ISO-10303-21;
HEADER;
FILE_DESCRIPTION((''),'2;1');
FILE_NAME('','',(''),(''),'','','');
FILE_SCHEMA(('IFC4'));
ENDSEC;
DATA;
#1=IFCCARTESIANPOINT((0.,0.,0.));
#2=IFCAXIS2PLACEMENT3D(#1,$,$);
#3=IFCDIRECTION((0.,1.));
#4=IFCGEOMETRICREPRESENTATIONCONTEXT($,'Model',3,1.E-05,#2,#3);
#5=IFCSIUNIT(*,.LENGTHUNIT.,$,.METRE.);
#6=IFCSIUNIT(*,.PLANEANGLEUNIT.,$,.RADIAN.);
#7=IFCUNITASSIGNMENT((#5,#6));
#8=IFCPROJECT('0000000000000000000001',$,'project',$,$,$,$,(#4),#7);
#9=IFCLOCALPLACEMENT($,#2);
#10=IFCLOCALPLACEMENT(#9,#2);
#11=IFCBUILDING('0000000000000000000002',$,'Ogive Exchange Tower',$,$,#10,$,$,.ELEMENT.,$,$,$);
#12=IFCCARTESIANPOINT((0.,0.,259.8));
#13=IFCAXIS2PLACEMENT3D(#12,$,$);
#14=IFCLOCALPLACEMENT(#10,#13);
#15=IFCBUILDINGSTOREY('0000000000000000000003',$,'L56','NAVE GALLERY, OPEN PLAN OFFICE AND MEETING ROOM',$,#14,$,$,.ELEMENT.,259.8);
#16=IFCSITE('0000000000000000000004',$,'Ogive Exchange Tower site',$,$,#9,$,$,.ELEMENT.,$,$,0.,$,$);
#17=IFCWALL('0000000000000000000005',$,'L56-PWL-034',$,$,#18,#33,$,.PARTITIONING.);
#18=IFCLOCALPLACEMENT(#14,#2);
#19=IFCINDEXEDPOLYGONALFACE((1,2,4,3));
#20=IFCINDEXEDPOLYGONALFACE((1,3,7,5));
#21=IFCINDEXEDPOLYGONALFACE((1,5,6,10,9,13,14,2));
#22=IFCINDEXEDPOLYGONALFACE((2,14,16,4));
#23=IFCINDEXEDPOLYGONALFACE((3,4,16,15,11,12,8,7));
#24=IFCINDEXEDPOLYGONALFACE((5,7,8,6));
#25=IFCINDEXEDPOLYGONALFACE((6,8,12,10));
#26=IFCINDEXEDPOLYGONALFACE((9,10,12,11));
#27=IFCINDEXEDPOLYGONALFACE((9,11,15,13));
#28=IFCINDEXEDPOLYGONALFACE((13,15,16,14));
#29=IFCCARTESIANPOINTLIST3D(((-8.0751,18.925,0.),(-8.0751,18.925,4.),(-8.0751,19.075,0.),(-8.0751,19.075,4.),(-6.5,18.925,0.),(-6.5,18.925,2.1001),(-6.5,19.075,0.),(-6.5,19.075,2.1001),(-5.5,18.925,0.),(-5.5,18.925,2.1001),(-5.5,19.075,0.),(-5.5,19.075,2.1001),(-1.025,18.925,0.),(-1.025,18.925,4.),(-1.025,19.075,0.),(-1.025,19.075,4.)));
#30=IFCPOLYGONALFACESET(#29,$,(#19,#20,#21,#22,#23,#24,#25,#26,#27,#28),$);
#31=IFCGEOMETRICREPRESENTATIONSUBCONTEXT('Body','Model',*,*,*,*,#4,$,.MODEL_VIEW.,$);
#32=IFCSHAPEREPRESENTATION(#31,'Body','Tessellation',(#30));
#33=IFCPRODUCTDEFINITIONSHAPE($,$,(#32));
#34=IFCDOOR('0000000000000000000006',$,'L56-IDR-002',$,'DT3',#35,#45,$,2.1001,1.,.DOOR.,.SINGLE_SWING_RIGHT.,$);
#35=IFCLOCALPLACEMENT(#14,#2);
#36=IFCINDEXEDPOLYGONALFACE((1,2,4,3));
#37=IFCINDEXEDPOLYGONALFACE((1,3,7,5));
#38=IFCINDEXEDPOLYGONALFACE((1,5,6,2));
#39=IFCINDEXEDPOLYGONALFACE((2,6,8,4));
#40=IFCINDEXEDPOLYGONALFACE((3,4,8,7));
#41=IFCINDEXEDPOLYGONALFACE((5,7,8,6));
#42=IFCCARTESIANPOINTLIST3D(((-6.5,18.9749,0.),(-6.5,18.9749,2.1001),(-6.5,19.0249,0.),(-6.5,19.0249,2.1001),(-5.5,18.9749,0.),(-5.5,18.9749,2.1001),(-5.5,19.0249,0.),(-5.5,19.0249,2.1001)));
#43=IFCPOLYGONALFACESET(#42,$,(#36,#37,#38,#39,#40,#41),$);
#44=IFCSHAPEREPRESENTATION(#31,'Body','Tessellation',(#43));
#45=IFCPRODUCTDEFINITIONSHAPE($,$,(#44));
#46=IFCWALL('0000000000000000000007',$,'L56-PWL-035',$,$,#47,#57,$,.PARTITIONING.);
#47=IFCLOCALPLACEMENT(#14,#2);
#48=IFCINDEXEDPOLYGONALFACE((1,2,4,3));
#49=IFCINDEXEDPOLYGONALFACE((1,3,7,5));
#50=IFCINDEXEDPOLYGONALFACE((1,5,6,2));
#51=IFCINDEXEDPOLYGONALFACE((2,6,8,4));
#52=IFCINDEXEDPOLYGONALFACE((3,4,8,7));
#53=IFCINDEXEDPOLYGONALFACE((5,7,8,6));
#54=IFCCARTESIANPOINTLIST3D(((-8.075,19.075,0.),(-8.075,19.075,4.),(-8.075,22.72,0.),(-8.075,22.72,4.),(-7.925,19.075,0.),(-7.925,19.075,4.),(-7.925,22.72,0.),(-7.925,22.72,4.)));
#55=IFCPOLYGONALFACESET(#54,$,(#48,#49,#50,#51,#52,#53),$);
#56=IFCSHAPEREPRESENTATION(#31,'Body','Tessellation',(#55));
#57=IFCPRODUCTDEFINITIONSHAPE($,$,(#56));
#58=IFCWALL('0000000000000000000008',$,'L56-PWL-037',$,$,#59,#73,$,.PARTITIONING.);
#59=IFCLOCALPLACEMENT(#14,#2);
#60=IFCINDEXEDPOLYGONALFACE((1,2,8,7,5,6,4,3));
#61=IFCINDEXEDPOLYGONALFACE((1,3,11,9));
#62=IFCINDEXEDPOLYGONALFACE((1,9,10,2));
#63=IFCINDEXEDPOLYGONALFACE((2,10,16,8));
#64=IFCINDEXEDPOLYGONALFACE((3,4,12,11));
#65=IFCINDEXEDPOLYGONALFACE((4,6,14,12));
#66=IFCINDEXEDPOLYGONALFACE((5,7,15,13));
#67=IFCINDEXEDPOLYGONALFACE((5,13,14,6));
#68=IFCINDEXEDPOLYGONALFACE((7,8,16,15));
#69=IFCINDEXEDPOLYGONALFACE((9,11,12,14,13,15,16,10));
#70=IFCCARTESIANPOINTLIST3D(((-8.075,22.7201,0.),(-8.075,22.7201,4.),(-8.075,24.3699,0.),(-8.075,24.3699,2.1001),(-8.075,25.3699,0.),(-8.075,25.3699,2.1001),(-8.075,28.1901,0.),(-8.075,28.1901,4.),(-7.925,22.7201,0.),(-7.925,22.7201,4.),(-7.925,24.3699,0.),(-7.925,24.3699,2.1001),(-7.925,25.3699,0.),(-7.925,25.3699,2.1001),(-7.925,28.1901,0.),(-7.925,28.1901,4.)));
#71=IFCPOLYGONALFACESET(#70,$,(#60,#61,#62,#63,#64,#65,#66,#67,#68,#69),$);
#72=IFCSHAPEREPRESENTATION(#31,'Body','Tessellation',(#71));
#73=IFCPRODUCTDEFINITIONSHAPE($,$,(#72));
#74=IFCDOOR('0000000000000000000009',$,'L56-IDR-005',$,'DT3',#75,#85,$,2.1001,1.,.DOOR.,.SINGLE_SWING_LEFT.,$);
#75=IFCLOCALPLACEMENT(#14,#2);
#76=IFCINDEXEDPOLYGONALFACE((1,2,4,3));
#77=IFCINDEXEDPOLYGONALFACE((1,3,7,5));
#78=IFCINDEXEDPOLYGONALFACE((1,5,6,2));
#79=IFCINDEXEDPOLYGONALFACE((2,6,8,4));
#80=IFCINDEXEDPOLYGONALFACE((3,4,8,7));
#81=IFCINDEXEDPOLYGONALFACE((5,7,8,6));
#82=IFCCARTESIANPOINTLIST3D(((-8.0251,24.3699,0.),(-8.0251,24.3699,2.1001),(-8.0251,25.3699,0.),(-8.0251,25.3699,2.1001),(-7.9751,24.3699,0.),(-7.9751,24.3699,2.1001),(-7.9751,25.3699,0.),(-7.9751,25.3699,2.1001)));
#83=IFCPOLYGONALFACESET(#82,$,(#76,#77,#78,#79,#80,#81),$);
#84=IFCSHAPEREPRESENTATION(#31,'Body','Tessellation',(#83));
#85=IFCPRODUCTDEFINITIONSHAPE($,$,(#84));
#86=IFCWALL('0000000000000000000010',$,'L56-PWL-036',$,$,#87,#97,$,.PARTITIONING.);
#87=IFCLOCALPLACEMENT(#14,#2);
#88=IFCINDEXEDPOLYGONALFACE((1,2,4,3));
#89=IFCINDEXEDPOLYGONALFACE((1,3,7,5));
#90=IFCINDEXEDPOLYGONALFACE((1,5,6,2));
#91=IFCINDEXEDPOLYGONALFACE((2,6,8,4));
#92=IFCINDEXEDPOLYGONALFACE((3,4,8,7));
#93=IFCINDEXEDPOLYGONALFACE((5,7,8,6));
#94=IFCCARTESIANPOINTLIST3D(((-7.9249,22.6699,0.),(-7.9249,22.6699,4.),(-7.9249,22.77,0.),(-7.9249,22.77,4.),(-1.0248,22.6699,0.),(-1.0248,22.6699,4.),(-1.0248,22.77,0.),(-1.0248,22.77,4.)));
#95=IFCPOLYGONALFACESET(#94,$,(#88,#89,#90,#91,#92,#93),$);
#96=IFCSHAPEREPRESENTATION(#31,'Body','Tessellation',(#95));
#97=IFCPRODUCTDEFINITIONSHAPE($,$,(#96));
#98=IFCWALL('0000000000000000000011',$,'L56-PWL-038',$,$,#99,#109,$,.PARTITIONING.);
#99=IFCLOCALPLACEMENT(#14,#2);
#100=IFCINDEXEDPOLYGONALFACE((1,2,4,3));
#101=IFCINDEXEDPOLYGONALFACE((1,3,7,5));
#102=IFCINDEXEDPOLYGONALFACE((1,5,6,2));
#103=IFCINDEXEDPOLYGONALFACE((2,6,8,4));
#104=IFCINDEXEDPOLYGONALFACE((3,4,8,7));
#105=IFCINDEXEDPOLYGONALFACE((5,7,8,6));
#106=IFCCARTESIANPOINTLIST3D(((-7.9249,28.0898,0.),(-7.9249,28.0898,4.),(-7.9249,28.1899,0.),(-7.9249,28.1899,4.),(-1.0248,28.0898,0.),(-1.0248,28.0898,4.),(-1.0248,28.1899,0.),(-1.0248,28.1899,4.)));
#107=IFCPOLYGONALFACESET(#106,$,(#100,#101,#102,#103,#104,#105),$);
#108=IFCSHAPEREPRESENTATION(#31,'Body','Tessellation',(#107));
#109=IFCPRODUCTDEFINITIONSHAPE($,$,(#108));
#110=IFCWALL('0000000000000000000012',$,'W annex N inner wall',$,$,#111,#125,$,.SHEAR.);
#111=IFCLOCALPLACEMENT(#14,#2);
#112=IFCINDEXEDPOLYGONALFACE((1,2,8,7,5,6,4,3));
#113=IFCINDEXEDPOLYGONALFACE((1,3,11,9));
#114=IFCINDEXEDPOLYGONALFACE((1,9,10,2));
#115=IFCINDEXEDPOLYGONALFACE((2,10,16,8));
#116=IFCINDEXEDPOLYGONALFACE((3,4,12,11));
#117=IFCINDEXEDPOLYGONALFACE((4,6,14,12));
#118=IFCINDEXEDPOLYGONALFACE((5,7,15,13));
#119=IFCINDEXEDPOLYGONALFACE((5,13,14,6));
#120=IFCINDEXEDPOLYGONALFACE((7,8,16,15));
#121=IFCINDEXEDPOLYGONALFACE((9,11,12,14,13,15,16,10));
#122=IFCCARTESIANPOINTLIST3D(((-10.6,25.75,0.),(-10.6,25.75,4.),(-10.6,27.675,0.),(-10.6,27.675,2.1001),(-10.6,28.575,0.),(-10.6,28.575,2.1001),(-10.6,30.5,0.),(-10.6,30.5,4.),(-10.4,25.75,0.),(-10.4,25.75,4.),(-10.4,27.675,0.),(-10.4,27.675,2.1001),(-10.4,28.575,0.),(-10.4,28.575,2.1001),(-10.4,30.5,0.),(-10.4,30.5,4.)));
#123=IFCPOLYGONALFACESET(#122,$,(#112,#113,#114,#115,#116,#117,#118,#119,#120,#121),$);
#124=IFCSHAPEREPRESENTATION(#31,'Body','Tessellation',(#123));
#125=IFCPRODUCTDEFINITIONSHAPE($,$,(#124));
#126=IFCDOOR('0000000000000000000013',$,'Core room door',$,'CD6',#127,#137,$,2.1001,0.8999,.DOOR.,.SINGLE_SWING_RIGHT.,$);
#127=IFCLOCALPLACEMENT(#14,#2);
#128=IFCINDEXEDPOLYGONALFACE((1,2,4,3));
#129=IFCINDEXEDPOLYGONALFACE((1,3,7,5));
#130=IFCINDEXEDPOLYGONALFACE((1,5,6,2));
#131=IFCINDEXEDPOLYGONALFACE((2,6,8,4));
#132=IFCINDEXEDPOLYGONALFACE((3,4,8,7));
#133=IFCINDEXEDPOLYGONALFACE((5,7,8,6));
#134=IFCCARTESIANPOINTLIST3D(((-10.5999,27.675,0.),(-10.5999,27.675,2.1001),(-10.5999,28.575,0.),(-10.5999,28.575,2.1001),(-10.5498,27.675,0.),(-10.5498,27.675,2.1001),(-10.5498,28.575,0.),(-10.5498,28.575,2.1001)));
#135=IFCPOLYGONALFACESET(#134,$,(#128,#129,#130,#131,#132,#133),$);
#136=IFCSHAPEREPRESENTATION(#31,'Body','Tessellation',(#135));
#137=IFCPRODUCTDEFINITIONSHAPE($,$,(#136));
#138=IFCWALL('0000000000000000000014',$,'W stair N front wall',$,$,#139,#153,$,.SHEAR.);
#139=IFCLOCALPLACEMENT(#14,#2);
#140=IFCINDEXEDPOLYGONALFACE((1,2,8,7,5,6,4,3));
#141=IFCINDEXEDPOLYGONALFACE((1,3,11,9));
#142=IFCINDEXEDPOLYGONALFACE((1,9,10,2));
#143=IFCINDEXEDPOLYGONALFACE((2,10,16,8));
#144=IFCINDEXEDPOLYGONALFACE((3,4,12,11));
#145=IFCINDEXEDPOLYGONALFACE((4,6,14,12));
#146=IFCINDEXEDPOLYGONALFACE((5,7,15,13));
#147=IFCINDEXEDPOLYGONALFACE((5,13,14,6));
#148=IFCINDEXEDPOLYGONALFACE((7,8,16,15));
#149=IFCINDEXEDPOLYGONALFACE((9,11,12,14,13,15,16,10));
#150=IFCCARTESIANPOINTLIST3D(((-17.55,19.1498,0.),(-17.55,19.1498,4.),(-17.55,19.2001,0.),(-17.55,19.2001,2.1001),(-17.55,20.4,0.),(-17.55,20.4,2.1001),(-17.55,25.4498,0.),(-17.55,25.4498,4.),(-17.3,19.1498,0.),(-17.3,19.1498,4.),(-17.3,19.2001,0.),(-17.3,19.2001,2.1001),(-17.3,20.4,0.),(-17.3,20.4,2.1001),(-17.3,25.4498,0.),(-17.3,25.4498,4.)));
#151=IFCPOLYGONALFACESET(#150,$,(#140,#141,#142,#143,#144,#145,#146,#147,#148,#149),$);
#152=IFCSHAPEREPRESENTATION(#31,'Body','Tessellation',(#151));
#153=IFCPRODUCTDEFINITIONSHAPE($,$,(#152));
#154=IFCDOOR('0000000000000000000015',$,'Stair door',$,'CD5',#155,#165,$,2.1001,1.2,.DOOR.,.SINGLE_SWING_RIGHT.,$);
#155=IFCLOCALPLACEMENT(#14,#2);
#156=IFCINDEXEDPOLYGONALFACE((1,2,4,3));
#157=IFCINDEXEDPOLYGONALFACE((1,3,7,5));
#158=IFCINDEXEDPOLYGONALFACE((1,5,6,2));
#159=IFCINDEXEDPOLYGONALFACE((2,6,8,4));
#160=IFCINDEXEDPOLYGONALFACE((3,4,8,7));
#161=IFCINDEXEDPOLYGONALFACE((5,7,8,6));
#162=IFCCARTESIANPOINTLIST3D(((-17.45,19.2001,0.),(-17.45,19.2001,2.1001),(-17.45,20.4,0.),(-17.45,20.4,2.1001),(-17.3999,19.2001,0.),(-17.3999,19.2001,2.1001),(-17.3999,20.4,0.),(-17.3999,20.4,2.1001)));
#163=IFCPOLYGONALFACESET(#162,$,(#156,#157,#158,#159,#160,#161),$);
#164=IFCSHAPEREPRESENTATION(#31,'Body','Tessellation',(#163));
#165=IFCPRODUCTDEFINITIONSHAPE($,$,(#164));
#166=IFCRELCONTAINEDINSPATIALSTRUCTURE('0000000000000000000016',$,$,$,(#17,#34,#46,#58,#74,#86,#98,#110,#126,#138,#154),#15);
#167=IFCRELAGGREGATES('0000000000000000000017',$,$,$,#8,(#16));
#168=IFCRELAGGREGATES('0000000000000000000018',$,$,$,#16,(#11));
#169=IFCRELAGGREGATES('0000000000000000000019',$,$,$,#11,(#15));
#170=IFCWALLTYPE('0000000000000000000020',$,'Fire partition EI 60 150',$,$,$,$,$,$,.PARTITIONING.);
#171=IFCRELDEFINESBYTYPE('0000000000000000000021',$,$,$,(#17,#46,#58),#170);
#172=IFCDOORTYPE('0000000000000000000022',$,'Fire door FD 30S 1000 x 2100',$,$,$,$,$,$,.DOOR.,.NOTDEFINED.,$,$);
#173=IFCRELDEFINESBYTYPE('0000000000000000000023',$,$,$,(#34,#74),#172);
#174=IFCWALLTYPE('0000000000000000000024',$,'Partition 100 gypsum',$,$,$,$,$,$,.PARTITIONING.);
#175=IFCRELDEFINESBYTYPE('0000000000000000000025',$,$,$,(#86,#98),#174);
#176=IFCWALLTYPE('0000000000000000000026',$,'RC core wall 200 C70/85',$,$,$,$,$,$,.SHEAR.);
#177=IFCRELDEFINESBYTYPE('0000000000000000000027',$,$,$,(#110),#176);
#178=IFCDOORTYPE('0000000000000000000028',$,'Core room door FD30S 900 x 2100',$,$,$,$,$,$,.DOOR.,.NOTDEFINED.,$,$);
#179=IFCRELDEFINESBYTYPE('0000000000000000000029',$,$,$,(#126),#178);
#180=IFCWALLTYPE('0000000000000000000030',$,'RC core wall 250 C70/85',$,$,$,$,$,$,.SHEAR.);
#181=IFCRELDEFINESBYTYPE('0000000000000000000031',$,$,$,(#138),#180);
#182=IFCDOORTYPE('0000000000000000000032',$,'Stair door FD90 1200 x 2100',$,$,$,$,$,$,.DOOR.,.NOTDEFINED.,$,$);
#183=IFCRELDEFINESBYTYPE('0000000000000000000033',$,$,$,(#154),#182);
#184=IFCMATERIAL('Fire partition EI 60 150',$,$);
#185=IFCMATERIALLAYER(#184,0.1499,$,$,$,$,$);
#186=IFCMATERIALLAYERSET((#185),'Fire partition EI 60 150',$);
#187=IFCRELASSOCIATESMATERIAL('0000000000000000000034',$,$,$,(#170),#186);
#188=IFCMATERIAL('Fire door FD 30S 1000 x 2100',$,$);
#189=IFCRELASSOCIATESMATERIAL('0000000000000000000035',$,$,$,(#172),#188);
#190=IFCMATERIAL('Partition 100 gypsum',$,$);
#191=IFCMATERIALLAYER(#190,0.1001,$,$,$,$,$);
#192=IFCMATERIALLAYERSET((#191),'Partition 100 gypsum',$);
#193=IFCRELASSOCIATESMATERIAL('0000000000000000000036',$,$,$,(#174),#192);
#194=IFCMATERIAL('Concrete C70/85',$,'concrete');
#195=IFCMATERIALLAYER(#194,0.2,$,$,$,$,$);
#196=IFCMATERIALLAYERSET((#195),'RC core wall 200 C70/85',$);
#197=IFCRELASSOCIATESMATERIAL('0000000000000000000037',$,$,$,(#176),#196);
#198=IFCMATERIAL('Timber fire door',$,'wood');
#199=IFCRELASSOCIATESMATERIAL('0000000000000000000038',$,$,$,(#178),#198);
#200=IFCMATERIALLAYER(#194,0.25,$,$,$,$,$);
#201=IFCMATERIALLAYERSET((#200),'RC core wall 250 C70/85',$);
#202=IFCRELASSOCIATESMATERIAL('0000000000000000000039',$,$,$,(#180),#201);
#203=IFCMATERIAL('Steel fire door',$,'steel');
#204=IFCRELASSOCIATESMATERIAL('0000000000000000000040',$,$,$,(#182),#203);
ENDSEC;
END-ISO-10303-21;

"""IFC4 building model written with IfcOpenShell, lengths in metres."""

from ifc_helpers import new_model, si_unit, direction, frame, frame_2d, origin, place, context, subcontext, project, spatial, rectangle, extrude, material, layer, layer_set, type_object, element, fill, save


model = new_model("IFC4")

# Units and contexts
model_context = context("Model", 3, precision=1e-05, world=origin(), true_north=direction((0.0, 1.0)))
body_context = subcontext(model_context, "Body", "Model", "MODEL_VIEW")
ifc_project = project(units=[si_unit("LENGTHUNIT", "METRE"), si_unit("PLANEANGLEUNIT", "RADIAN")], contexts=[model_context])

# Site, building, storey
site_placement = place(None, origin())
site = spatial("IfcSite", under=ifc_project, at=site_placement, Name="Ogive Exchange Tower site", CompositionType="ELEMENT", RefElevation=0.0)
building_placement = place(site_placement, origin())
building = spatial("IfcBuilding", under=site, at=building_placement, Name="Ogive Exchange Tower", CompositionType="ELEMENT")
storey_placement = place(building_placement, frame((0.0, 0.0, 259.8)))
storey = spatial("IfcBuildingStorey", under=building, at=storey_placement, Name="L56", Description="NAVE GALLERY, OPEN PLAN OFFICE AND MEETING ROOM", CompositionType="ELEMENT", Elevation=259.8)

# Shared definitions
ifc_material_1 = material(Name="Fire partition EI 60 150")
ifc_layer_1 = layer(ifc_material_1, 0.1499)
ifc_layer_set_1 = layer_set([ifc_layer_1], Name="Fire partition EI 60 150")
wall_type_1 = type_object("IfcWallType", Name="Fire partition EI 60 150", PredefinedType="PARTITIONING", material=ifc_layer_set_1)

# Wall, opening, door
wall_1_placement = place(storey_placement, frame((-8.075, 19.0, 0.0), z_axis=(0.0, 0.0, 1.0), x_axis=(1.0, 0.0, 0.0)))
wall_1 = element("IfcWall", 1, at=wall_1_placement, inside=storey, type_object=wall_type_1, Name="L56-PWL-034", PredefinedType="PARTITIONING", context=body_context, shape_type="SweptSolid", body=[
    extrude(rectangle(XDim=7.05, YDim=0.1499, at=frame_2d((3.5249, 0.0))), origin(), (0.0, 0.0, 1.0), 4.0),
])
opening_1_placement = place(wall_1_placement, frame((1.575, 0.0, 0.0)))
opening_1 = element("IfcOpeningElement", 2, at=opening_1_placement, cuts=wall_1, PredefinedType="OPENING", context=body_context, shape_type="SweptSolid", body=[
    extrude(rectangle(XDim=1.0, YDim=2.1001, at=frame_2d((0.5, 1.05))), frame((0.0, 0.085, 0.0), z_axis=(0.0, -1.0, 0.0), x_axis=(1.0, 0.0, 0.0)), (0.0, 0.0, 1.0), 0.1699),
])
ifc_material_2 = material(Name="Fire door FD 30S 1000 x 2100")
door_type_1 = type_object("IfcDoorType", Name="Fire door FD 30S 1000 x 2100", OperationType="NOTDEFINED", PredefinedType="DOOR", material=ifc_material_2)
door_1_placement = place(opening_1_placement, origin())
door_1 = element("IfcDoor", 3, at=door_1_placement, inside=storey, type_object=door_type_1, Name="L56-IDR-002", ObjectType="DT3", OperationType="SINGLE_SWING_RIGHT", OverallHeight=2.1001, OverallWidth=1.0, PredefinedType="DOOR", context=body_context, shape_type="SweptSolid", body=[
    extrude(rectangle(XDim=1.0, YDim=2.1001, at=frame_2d((0.5, 1.05))), frame((0.0, 0.0249, 0.0), z_axis=(0.0, -1.0, 0.0), x_axis=(1.0, 0.0, 0.0)), (0.0, 0.0, 1.0), 0.05),
])
fill(opening_1, door_1)

# Wall
wall_2_placement = place(storey_placement, frame((-8.0, 22.72, 0.0), z_axis=(0.0, 0.0, 1.0), x_axis=(0.0, -1.0, 0.0)))
element("IfcWall", 4, at=wall_2_placement, inside=storey, type_object=wall_type_1, Name="L56-PWL-035", PredefinedType="PARTITIONING", context=body_context, shape_type="SweptSolid", body=[
    extrude(rectangle(XDim=3.645, YDim=0.1499, at=frame_2d((1.8225, 0.0))), origin(), (0.0, 0.0, 1.0), 4.0),
])

# Wall, opening, door
wall_3_placement = place(storey_placement, frame((-8.0, 28.1899, 0.0), z_axis=(0.0, 0.0, 1.0), x_axis=(0.0, -1.0, 0.0)))
wall_3 = element("IfcWall", 5, at=wall_3_placement, inside=storey, type_object=wall_type_1, Name="L56-PWL-037", PredefinedType="PARTITIONING", context=body_context, shape_type="SweptSolid", body=[
    extrude(rectangle(XDim=5.47, YDim=0.1499, at=frame_2d((2.7349, 0.0))), origin(), (0.0, 0.0, 1.0), 4.0),
])
opening_2_placement = place(wall_3_placement, frame((2.8201, 0.0, 0.0)))
opening_2 = element("IfcOpeningElement", 6, at=opening_2_placement, cuts=wall_3, PredefinedType="OPENING", context=body_context, shape_type="SweptSolid", body=[
    extrude(rectangle(XDim=1.0, YDim=2.1001, at=frame_2d((0.5, 1.05))), frame((0.0, 0.085, 0.0), z_axis=(0.0, -1.0, 0.0), x_axis=(1.0, 0.0, 0.0)), (0.0, 0.0, 1.0), 0.1699),
])
door_2_placement = place(opening_2_placement, origin())
door_2 = element("IfcDoor", 7, at=door_2_placement, inside=storey, type_object=door_type_1, Name="L56-IDR-005", ObjectType="DT3", OperationType="SINGLE_SWING_LEFT", OverallHeight=2.1001, OverallWidth=1.0, PredefinedType="DOOR", context=body_context, shape_type="SweptSolid", body=[
    extrude(rectangle(XDim=1.0, YDim=2.1001, at=frame_2d((0.5, 1.05))), frame((0.0, 0.0249, 0.0), z_axis=(0.0, -1.0, 0.0), x_axis=(1.0, 0.0, 0.0)), (0.0, 0.0, 1.0), 0.05),
])
fill(opening_2, door_2)

# Walls
ifc_material_3 = material(Name="Partition 100 gypsum")
ifc_layer_2 = layer(ifc_material_3, 0.1001)
ifc_layer_set_2 = layer_set([ifc_layer_2], Name="Partition 100 gypsum")
wall_type_2 = type_object("IfcWallType", Name="Partition 100 gypsum", PredefinedType="PARTITIONING", material=ifc_layer_set_2)
for number, where, z_axis, x_axis, name in (
    (8, (-7.925, 22.72, 0.0), (0.0, 0.0, 1.0), (1.0, 0.0, 0.0), "L56-PWL-036"),
    (9, (-7.925, 28.1399, 0.0), (0.0, 0.0, 1.0), (1.0, 0.0, 0.0), "L56-PWL-038"),
):
    element("IfcWall", number, at=place(storey_placement, frame(where, z_axis=z_axis, x_axis=x_axis)), inside=storey, type_object=wall_type_2, Name=name, PredefinedType="PARTITIONING", context=body_context, shape_type="SweptSolid", body=[
        extrude(rectangle(XDim=6.9001, YDim=0.1001, at=frame_2d((3.4502, 0.0))), origin(), (0.0, 0.0, 1.0), 4.0),
    ])

# Walls, openings, doors
ifc_material_4 = material(Name="Concrete C70/85", Category="concrete")
ifc_layer_3 = layer(ifc_material_4, 0.2)
ifc_layer_set_3 = layer_set([ifc_layer_3], Name="RC core wall 200 C70/85")
wall_type_3 = type_object("IfcWallType", Name="RC core wall 200 C70/85", PredefinedType="SHEAR", material=ifc_layer_set_3)
wall_4_placement = place(storey_placement, frame((-10.5, 25.75, 0.0), z_axis=(0.0, 0.0, 1.0), x_axis=(0.0, 1.0, 0.0)))
wall_4 = element("IfcWall", 10, at=wall_4_placement, inside=storey, type_object=wall_type_3, Name="W annex N inner wall", PredefinedType="SHEAR", context=body_context, shape_type="SweptSolid", body=[
    extrude(rectangle(XDim=4.75, YDim=0.2, at=frame_2d((2.375, 0.0))), origin(), (0.0, 0.0, 1.0), 4.0),
])
opening_3_placement = place(wall_4_placement, frame((1.925, 0.0, 0.0)))
opening_3 = element("IfcOpeningElement", 11, at=opening_3_placement, cuts=wall_4, PredefinedType="OPENING", context=body_context, shape_type="SweptSolid", body=[
    extrude(rectangle(XDim=0.8999, YDim=2.1001, at=frame_2d((0.45, 1.05))), frame((0.0, 0.1099, 0.0), z_axis=(0.0, -1.0, 0.0), x_axis=(1.0, 0.0, 0.0)), (0.0, 0.0, 1.0), 0.22),
])
ifc_material_5 = material(Name="Timber fire door", Category="wood")
door_type_2 = type_object("IfcDoorType", Name="Core room door FD30S 900 x 2100", OperationType="NOTDEFINED", PredefinedType="DOOR", material=ifc_material_5)
door_3_placement = place(opening_3_placement, frame((0.8999, 0.1499, 0.0), z_axis=(0.0, 0.0, 1.0), x_axis=(-1.0, 0.0, 0.0)))
door_3 = element("IfcDoor", 12, at=door_3_placement, inside=storey, type_object=door_type_2, Name="Core room door", ObjectType="CD6", OperationType="SINGLE_SWING_RIGHT", OverallHeight=2.1001, OverallWidth=0.8999, PredefinedType="DOOR", context=body_context, shape_type="SweptSolid", body=[
    extrude(rectangle(XDim=0.8999, YDim=2.1001, at=frame_2d((0.45, 1.05))), frame((0.0, 0.1001, 0.0), z_axis=(0.0, -1.0, 0.0), x_axis=(1.0, 0.0, 0.0)), (0.0, 0.0, 1.0), 0.05),
])
fill(opening_3, door_3)
ifc_layer_4 = layer(ifc_material_4, 0.25)
ifc_layer_set_4 = layer_set([ifc_layer_4], Name="RC core wall 250 C70/85")
wall_type_4 = type_object("IfcWallType", Name="RC core wall 250 C70/85", PredefinedType="SHEAR", material=ifc_layer_set_4)
wall_5_placement = place(storey_placement, frame((-17.425, 19.1499, 0.0), z_axis=(0.0, 0.0, 1.0), x_axis=(0.0, 1.0, 0.0)))
wall_5 = element("IfcWall", 13, at=wall_5_placement, inside=storey, type_object=wall_type_4, Name="W stair N front wall", PredefinedType="SHEAR", context=body_context, shape_type="SweptSolid", body=[
    extrude(rectangle(XDim=6.3, YDim=0.25, at=frame_2d((3.1499, 0.0))), origin(), (0.0, 0.0, 1.0), 4.0),
])
opening_4_placement = place(wall_5_placement, frame((0.05, 0.0, 0.0)))
opening_4 = element("IfcOpeningElement", 14, at=opening_4_placement, cuts=wall_5, PredefinedType="OPENING", context=body_context, shape_type="SweptSolid", body=[
    extrude(rectangle(XDim=1.2, YDim=2.1001, at=frame_2d((0.6001, 1.05))), frame((0.0, 0.135, 0.0), z_axis=(0.0, -1.0, 0.0), x_axis=(1.0, 0.0, 0.0)), (0.0, 0.0, 1.0), 0.27),
])
ifc_material_6 = material(Name="Steel fire door", Category="steel")
door_type_3 = type_object("IfcDoorType", Name="Stair door FD90 1200 x 2100", OperationType="NOTDEFINED", PredefinedType="DOOR", material=ifc_material_6)
door_4_placement = place(opening_4_placement, origin())
door_4 = element("IfcDoor", 15, at=door_4_placement, inside=storey, type_object=door_type_3, Name="Stair door", ObjectType="CD5", OperationType="SINGLE_SWING_RIGHT", OverallHeight=2.1001, OverallWidth=1.2, PredefinedType="DOOR", context=body_context, shape_type="SweptSolid", body=[
    extrude(rectangle(XDim=1.2, YDim=2.1001, at=frame_2d((0.6001, 1.05))), frame((0.0, 0.0249, 0.0), z_axis=(0.0, -1.0, 0.0), x_axis=(1.0, 0.0, 0.0)), (0.0, 0.0, 1.0), 0.05),
])
fill(opening_4, door_4)

save(model, "model.ifc")
